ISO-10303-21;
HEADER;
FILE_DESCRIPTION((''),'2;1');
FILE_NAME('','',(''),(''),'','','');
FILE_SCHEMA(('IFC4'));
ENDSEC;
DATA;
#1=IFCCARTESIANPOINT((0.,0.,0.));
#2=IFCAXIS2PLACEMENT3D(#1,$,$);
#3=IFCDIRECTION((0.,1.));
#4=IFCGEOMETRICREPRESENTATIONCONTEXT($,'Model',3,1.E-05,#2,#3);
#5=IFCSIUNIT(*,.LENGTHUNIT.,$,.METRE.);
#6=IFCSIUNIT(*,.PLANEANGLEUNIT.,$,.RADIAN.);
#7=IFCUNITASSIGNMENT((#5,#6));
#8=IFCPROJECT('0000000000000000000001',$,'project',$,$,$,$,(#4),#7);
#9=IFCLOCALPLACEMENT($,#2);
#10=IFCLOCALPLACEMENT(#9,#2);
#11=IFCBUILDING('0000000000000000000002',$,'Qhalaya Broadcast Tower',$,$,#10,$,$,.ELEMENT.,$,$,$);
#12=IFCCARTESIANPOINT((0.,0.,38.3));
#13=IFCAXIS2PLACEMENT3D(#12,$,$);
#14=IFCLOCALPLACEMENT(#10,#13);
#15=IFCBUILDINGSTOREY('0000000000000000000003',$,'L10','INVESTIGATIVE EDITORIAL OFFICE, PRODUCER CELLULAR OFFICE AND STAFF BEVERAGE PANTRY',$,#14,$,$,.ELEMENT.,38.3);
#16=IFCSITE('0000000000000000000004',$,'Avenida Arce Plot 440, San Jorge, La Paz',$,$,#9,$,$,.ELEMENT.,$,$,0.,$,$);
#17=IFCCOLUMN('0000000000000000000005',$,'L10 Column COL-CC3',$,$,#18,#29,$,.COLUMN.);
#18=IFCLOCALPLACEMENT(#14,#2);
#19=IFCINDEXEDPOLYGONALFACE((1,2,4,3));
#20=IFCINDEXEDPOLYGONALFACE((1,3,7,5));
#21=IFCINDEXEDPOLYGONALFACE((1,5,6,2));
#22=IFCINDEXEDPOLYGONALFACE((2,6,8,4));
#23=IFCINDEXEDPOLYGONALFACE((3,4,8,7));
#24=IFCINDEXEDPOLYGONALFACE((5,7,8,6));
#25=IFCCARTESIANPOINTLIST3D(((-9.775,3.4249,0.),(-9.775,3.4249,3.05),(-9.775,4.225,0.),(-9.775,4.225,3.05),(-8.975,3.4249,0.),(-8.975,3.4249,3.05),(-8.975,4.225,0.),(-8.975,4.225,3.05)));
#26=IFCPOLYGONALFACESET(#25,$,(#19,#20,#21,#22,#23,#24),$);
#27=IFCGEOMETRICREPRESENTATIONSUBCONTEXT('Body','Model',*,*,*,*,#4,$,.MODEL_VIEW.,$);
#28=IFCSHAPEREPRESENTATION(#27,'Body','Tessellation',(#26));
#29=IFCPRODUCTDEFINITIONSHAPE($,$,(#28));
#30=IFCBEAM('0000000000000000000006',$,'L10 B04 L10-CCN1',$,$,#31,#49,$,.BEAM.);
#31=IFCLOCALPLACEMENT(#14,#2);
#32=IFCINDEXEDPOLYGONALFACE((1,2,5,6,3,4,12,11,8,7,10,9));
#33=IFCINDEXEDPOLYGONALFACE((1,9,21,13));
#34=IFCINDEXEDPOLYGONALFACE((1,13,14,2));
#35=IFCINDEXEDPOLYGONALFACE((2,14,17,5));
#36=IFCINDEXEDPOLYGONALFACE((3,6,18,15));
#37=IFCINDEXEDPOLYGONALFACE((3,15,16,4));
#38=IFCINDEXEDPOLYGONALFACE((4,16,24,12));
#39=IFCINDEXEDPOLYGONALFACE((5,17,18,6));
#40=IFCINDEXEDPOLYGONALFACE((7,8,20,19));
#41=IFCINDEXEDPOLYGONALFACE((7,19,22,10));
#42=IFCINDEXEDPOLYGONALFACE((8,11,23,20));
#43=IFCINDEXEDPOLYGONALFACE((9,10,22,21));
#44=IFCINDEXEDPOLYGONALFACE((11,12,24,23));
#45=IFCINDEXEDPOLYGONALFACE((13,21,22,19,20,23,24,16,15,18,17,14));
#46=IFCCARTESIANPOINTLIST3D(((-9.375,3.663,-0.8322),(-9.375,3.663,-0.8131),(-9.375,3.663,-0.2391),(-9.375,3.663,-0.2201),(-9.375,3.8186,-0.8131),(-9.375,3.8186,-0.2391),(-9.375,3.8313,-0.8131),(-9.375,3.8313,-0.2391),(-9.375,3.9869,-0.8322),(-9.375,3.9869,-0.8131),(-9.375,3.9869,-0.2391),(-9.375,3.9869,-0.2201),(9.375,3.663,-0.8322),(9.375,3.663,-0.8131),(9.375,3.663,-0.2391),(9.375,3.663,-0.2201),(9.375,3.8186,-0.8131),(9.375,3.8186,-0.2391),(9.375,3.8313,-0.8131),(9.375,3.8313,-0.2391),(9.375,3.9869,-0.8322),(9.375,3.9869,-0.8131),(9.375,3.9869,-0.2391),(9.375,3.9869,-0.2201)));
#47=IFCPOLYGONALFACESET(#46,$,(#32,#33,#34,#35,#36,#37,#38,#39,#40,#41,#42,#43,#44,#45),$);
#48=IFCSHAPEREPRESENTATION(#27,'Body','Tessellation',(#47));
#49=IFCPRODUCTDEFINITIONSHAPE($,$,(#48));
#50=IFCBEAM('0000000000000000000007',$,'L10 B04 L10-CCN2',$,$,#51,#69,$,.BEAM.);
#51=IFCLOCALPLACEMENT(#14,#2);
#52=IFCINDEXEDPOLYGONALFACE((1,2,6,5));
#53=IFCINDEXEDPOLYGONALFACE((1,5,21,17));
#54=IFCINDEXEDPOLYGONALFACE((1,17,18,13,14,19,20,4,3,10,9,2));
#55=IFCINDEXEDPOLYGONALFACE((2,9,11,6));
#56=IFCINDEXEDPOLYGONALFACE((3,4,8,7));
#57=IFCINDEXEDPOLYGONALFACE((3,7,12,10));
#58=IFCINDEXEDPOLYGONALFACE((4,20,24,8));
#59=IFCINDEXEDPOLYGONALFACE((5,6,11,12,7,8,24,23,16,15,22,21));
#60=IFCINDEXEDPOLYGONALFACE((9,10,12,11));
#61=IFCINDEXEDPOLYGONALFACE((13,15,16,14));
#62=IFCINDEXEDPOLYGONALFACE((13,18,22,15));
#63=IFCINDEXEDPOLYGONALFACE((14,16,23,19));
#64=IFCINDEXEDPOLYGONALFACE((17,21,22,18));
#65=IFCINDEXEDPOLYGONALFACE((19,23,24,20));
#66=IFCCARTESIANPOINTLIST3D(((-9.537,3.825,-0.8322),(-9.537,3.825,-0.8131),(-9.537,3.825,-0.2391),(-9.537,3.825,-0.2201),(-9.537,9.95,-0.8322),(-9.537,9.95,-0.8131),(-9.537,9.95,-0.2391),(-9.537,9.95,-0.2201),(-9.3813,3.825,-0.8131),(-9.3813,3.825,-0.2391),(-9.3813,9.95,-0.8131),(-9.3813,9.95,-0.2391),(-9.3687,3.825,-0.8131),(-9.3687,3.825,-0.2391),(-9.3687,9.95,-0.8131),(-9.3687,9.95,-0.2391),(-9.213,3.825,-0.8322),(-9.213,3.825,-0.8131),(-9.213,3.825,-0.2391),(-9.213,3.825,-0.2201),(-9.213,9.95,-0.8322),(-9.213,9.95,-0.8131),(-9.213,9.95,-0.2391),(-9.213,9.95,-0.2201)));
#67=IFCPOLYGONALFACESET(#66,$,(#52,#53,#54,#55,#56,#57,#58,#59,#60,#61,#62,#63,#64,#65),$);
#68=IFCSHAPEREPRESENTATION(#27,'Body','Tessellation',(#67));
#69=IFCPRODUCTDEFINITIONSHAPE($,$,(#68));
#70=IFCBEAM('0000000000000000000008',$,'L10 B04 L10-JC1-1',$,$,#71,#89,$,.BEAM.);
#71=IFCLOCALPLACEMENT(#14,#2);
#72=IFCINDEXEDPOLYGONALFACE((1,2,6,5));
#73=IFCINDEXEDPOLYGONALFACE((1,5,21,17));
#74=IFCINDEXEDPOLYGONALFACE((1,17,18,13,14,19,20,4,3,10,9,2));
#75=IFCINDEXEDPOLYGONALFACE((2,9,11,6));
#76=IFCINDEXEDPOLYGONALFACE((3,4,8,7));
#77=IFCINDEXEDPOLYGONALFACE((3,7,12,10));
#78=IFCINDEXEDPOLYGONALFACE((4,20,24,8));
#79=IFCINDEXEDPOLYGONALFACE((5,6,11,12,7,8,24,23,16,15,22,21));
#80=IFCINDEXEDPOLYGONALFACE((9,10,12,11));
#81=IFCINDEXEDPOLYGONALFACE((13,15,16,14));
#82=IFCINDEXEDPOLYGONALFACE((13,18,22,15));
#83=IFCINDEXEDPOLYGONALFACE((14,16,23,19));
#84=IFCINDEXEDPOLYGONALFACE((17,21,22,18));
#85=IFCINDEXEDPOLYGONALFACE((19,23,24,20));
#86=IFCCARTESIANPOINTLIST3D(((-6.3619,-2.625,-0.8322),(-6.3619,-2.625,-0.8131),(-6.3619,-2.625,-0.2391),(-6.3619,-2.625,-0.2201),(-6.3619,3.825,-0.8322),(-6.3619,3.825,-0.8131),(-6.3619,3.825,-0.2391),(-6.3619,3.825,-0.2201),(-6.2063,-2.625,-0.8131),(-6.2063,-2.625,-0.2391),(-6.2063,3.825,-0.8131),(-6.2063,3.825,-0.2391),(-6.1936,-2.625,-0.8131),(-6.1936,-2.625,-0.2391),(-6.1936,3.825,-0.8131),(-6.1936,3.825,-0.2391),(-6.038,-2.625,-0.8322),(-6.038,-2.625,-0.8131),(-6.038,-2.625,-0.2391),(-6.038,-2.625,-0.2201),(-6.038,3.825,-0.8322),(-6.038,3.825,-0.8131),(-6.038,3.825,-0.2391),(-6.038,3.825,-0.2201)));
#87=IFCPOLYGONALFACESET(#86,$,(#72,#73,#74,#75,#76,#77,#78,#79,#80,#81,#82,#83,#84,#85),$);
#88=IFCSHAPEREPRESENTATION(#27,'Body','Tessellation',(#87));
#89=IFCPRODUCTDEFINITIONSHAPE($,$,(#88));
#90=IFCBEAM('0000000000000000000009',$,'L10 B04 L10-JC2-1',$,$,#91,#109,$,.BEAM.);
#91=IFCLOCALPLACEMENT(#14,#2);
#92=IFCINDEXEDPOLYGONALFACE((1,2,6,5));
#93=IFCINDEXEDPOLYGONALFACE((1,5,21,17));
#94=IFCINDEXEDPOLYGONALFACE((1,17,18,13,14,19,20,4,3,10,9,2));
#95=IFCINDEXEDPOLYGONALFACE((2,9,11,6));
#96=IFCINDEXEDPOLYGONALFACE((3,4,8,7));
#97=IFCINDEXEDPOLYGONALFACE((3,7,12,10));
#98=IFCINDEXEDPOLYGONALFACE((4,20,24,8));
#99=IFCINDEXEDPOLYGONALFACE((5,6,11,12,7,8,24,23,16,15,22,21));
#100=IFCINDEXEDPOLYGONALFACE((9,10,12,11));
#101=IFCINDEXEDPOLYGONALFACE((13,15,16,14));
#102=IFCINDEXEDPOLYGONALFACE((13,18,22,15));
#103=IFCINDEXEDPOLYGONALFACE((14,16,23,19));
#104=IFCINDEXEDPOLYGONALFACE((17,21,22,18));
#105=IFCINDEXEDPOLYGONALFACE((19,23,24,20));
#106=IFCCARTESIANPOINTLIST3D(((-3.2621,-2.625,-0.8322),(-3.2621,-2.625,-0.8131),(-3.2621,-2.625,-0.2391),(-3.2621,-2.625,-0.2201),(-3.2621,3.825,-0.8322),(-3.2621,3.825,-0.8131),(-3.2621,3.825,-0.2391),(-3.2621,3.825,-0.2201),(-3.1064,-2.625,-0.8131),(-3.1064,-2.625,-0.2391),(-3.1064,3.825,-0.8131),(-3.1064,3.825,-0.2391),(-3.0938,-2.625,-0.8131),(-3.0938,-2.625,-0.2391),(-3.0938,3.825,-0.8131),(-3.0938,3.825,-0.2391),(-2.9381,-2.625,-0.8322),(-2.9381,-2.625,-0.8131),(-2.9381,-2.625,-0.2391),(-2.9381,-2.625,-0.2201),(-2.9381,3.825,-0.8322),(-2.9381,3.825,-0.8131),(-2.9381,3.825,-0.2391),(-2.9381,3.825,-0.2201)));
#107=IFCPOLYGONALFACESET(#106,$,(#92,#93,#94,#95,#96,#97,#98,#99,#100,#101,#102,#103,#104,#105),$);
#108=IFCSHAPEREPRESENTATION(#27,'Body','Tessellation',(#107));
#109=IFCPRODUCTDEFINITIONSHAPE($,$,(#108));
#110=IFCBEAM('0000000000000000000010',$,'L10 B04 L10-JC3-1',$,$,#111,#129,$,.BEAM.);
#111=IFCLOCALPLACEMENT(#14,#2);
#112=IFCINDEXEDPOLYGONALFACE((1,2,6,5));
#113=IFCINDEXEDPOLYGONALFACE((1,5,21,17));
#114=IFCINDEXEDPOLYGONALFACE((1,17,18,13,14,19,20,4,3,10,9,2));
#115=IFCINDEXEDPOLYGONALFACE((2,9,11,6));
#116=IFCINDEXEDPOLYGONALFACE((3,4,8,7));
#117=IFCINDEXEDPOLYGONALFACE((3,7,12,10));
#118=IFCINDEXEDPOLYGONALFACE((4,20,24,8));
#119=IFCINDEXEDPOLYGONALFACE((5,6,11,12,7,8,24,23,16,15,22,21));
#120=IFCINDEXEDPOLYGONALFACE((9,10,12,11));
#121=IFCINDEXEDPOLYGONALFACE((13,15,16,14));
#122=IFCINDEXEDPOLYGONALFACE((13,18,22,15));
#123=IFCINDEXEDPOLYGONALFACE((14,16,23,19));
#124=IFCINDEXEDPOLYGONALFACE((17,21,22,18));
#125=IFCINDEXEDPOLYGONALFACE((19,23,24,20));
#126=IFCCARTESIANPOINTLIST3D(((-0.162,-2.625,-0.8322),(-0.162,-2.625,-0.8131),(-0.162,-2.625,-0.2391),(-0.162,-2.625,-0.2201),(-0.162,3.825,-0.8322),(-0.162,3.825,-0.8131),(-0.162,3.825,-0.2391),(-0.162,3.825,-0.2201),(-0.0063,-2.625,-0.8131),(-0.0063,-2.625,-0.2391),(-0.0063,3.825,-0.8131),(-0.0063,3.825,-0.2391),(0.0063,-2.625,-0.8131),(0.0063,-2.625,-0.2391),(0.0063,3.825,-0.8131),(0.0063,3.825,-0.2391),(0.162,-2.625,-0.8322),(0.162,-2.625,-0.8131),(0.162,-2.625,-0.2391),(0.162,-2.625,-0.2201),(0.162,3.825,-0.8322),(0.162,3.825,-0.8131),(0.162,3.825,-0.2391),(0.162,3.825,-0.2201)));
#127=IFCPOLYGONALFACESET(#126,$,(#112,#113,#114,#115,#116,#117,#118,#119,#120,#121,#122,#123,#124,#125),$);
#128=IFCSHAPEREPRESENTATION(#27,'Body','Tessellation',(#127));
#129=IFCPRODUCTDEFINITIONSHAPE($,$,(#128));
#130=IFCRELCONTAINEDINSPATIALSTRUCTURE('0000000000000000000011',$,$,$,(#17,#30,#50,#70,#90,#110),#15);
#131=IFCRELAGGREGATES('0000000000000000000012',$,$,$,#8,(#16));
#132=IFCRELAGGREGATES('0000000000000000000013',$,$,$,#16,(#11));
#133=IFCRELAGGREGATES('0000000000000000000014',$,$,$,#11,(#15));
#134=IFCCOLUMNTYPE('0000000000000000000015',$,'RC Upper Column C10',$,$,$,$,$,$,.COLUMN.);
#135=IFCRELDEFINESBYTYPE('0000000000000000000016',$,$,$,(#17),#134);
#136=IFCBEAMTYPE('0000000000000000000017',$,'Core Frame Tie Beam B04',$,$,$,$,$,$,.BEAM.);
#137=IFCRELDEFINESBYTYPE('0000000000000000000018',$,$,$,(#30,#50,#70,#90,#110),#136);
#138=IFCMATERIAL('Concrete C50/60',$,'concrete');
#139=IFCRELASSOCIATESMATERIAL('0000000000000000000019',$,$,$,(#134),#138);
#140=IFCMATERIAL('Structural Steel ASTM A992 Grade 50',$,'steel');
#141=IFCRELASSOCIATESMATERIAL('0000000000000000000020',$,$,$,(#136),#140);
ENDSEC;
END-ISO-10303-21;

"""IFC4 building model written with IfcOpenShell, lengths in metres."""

from ifc_helpers import new_model, si_unit, direction, frame, origin, origin_2d, place, context, subcontext, project, spatial, rectangle, i_section, extrude, material, material_profile, profile_set, type_object, element, save


model = new_model("IFC4")

# Units and contexts
model_context = context("Model", 3, precision=1e-05, world=origin(), true_north=direction((0.0, 1.0)))
body_context = subcontext(model_context, "Body", "Model", "MODEL_VIEW")
ifc_project = project(units=[si_unit("LENGTHUNIT", "METRE"), si_unit("PLANEANGLEUNIT", "RADIAN")], contexts=[model_context])

# Site, building, storey
site_placement = place(None, origin())
site = spatial("IfcSite", under=ifc_project, at=site_placement, Name="Avenida Arce Plot 440, San Jorge, La Paz", CompositionType="ELEMENT", RefElevation=0.0)
building_placement = place(site_placement, origin())
building = spatial("IfcBuilding", under=site, at=building_placement, Name="Qhalaya Broadcast Tower", CompositionType="ELEMENT")
storey_placement = place(building_placement, frame((0.0, 0.0, 38.3)))
storey = spatial("IfcBuildingStorey", under=building, at=storey_placement, Name="L10", Description="INVESTIGATIVE EDITORIAL OFFICE, PRODUCER CELLULAR OFFICE AND STAFF BEVERAGE PANTRY", CompositionType="ELEMENT", Elevation=38.3)

# Column
ifc_material_1 = material(Name="Concrete C50/60", Category="concrete")
ifc_material_profile_1 = material_profile(ifc_material_1, rectangle(XDim=0.8, YDim=0.8, at=origin_2d()), Name="RC-COL 800x800")
ifc_profile_set_1 = profile_set([ifc_material_profile_1], Name="Concrete C50/60")
column_type = type_object("IfcColumnType", Name="RC Upper Column C10", PredefinedType="COLUMN", material=ifc_profile_set_1)
column_placement = place(storey_placement, frame((-9.375, 3.825, 0.0), z_axis=(0.0, 0.0, 1.0), x_axis=(1.0, 0.0, 0.0)))
element("IfcColumn", 1, at=column_placement, inside=storey, type_object=column_type, Name="L10 Column COL-CC3", PredefinedType="COLUMN", context=body_context, shape_type="SweptSolid", body=[
    extrude(rectangle(XDim=0.8, YDim=0.8, at=origin_2d()), origin(), (0.0, 0.0, 1.0), 3.05),
])

# Beams
ifc_material_2 = material(Name="Structural Steel ASTM A992 Grade 50", Category="steel")
ifc_material_profile_2 = material_profile(ifc_material_2, i_section(OverallWidth=0.324, OverallDepth=0.6121, WebThickness=0.0127, FlangeThickness=0.019, at=origin_2d()), Name="W24X104")
ifc_profile_set_2 = profile_set([ifc_material_profile_2], Name="Structural Steel ASTM A992 Grade 50")
beam_type = type_object("IfcBeamType", Name="Core Frame Tie Beam B04", PredefinedType="BEAM", material=ifc_profile_set_2)
beam_1_placement = place(storey_placement, frame((-9.375, 3.825, -0.5261), z_axis=(1.0, 0.0, 0.0), x_axis=(0.0, 1.0, 0.0)))
element("IfcBeam", 2, at=beam_1_placement, inside=storey, type_object=beam_type, Name="L10 B04 L10-CCN1", PredefinedType="BEAM", context=body_context, shape_type="SweptSolid", body=[
    extrude(i_section(OverallWidth=0.324, OverallDepth=0.6121, WebThickness=0.0127, FlangeThickness=0.019, at=origin_2d()), origin(), (0.0, 0.0, 1.0), 18.75),
])
beam_2_placement = place(storey_placement, frame((-9.375, 3.825, -0.5261), z_axis=(0.0, 1.0, 0.0), x_axis=(-1.0, 0.0, 0.0)))
element("IfcBeam", 3, at=beam_2_placement, inside=storey, type_object=beam_type, Name="L10 B04 L10-CCN2", PredefinedType="BEAM", context=body_context, shape_type="SweptSolid", body=[
    extrude(i_section(OverallWidth=0.324, OverallDepth=0.6121, WebThickness=0.0127, FlangeThickness=0.019, at=origin_2d()), origin(), (0.0, 0.0, 1.0), 6.125),
])
for number, where, z_axis, x_axis, name in (
    (4, (-6.2, -2.625, -0.5261), (0.0, 1.0, 0.0), (-1.0, 0.0, 0.0), "L10 B04 L10-JC1-1"),
    (5, (-3.1001, -2.625, -0.5261), (0.0, 1.0, 0.0), (-1.0, 0.0, 0.0), "L10 B04 L10-JC2-1"),
    (6, (0.0, -2.625, -0.5261), (0.0, 1.0, 0.0), (-1.0, 0.0, 0.0), "L10 B04 L10-JC3-1"),
):
    element("IfcBeam", number, at=place(storey_placement, frame(where, z_axis=z_axis, x_axis=x_axis)), inside=storey, type_object=beam_type, Name=name, PredefinedType="BEAM", context=body_context, shape_type="SweptSolid", body=[
        extrude(i_section(OverallWidth=0.324, OverallDepth=0.6121, WebThickness=0.0127, FlangeThickness=0.019, at=origin_2d()), origin(), (0.0, 0.0, 1.0), 6.45),
    ])

save(model, "model.ifc")
